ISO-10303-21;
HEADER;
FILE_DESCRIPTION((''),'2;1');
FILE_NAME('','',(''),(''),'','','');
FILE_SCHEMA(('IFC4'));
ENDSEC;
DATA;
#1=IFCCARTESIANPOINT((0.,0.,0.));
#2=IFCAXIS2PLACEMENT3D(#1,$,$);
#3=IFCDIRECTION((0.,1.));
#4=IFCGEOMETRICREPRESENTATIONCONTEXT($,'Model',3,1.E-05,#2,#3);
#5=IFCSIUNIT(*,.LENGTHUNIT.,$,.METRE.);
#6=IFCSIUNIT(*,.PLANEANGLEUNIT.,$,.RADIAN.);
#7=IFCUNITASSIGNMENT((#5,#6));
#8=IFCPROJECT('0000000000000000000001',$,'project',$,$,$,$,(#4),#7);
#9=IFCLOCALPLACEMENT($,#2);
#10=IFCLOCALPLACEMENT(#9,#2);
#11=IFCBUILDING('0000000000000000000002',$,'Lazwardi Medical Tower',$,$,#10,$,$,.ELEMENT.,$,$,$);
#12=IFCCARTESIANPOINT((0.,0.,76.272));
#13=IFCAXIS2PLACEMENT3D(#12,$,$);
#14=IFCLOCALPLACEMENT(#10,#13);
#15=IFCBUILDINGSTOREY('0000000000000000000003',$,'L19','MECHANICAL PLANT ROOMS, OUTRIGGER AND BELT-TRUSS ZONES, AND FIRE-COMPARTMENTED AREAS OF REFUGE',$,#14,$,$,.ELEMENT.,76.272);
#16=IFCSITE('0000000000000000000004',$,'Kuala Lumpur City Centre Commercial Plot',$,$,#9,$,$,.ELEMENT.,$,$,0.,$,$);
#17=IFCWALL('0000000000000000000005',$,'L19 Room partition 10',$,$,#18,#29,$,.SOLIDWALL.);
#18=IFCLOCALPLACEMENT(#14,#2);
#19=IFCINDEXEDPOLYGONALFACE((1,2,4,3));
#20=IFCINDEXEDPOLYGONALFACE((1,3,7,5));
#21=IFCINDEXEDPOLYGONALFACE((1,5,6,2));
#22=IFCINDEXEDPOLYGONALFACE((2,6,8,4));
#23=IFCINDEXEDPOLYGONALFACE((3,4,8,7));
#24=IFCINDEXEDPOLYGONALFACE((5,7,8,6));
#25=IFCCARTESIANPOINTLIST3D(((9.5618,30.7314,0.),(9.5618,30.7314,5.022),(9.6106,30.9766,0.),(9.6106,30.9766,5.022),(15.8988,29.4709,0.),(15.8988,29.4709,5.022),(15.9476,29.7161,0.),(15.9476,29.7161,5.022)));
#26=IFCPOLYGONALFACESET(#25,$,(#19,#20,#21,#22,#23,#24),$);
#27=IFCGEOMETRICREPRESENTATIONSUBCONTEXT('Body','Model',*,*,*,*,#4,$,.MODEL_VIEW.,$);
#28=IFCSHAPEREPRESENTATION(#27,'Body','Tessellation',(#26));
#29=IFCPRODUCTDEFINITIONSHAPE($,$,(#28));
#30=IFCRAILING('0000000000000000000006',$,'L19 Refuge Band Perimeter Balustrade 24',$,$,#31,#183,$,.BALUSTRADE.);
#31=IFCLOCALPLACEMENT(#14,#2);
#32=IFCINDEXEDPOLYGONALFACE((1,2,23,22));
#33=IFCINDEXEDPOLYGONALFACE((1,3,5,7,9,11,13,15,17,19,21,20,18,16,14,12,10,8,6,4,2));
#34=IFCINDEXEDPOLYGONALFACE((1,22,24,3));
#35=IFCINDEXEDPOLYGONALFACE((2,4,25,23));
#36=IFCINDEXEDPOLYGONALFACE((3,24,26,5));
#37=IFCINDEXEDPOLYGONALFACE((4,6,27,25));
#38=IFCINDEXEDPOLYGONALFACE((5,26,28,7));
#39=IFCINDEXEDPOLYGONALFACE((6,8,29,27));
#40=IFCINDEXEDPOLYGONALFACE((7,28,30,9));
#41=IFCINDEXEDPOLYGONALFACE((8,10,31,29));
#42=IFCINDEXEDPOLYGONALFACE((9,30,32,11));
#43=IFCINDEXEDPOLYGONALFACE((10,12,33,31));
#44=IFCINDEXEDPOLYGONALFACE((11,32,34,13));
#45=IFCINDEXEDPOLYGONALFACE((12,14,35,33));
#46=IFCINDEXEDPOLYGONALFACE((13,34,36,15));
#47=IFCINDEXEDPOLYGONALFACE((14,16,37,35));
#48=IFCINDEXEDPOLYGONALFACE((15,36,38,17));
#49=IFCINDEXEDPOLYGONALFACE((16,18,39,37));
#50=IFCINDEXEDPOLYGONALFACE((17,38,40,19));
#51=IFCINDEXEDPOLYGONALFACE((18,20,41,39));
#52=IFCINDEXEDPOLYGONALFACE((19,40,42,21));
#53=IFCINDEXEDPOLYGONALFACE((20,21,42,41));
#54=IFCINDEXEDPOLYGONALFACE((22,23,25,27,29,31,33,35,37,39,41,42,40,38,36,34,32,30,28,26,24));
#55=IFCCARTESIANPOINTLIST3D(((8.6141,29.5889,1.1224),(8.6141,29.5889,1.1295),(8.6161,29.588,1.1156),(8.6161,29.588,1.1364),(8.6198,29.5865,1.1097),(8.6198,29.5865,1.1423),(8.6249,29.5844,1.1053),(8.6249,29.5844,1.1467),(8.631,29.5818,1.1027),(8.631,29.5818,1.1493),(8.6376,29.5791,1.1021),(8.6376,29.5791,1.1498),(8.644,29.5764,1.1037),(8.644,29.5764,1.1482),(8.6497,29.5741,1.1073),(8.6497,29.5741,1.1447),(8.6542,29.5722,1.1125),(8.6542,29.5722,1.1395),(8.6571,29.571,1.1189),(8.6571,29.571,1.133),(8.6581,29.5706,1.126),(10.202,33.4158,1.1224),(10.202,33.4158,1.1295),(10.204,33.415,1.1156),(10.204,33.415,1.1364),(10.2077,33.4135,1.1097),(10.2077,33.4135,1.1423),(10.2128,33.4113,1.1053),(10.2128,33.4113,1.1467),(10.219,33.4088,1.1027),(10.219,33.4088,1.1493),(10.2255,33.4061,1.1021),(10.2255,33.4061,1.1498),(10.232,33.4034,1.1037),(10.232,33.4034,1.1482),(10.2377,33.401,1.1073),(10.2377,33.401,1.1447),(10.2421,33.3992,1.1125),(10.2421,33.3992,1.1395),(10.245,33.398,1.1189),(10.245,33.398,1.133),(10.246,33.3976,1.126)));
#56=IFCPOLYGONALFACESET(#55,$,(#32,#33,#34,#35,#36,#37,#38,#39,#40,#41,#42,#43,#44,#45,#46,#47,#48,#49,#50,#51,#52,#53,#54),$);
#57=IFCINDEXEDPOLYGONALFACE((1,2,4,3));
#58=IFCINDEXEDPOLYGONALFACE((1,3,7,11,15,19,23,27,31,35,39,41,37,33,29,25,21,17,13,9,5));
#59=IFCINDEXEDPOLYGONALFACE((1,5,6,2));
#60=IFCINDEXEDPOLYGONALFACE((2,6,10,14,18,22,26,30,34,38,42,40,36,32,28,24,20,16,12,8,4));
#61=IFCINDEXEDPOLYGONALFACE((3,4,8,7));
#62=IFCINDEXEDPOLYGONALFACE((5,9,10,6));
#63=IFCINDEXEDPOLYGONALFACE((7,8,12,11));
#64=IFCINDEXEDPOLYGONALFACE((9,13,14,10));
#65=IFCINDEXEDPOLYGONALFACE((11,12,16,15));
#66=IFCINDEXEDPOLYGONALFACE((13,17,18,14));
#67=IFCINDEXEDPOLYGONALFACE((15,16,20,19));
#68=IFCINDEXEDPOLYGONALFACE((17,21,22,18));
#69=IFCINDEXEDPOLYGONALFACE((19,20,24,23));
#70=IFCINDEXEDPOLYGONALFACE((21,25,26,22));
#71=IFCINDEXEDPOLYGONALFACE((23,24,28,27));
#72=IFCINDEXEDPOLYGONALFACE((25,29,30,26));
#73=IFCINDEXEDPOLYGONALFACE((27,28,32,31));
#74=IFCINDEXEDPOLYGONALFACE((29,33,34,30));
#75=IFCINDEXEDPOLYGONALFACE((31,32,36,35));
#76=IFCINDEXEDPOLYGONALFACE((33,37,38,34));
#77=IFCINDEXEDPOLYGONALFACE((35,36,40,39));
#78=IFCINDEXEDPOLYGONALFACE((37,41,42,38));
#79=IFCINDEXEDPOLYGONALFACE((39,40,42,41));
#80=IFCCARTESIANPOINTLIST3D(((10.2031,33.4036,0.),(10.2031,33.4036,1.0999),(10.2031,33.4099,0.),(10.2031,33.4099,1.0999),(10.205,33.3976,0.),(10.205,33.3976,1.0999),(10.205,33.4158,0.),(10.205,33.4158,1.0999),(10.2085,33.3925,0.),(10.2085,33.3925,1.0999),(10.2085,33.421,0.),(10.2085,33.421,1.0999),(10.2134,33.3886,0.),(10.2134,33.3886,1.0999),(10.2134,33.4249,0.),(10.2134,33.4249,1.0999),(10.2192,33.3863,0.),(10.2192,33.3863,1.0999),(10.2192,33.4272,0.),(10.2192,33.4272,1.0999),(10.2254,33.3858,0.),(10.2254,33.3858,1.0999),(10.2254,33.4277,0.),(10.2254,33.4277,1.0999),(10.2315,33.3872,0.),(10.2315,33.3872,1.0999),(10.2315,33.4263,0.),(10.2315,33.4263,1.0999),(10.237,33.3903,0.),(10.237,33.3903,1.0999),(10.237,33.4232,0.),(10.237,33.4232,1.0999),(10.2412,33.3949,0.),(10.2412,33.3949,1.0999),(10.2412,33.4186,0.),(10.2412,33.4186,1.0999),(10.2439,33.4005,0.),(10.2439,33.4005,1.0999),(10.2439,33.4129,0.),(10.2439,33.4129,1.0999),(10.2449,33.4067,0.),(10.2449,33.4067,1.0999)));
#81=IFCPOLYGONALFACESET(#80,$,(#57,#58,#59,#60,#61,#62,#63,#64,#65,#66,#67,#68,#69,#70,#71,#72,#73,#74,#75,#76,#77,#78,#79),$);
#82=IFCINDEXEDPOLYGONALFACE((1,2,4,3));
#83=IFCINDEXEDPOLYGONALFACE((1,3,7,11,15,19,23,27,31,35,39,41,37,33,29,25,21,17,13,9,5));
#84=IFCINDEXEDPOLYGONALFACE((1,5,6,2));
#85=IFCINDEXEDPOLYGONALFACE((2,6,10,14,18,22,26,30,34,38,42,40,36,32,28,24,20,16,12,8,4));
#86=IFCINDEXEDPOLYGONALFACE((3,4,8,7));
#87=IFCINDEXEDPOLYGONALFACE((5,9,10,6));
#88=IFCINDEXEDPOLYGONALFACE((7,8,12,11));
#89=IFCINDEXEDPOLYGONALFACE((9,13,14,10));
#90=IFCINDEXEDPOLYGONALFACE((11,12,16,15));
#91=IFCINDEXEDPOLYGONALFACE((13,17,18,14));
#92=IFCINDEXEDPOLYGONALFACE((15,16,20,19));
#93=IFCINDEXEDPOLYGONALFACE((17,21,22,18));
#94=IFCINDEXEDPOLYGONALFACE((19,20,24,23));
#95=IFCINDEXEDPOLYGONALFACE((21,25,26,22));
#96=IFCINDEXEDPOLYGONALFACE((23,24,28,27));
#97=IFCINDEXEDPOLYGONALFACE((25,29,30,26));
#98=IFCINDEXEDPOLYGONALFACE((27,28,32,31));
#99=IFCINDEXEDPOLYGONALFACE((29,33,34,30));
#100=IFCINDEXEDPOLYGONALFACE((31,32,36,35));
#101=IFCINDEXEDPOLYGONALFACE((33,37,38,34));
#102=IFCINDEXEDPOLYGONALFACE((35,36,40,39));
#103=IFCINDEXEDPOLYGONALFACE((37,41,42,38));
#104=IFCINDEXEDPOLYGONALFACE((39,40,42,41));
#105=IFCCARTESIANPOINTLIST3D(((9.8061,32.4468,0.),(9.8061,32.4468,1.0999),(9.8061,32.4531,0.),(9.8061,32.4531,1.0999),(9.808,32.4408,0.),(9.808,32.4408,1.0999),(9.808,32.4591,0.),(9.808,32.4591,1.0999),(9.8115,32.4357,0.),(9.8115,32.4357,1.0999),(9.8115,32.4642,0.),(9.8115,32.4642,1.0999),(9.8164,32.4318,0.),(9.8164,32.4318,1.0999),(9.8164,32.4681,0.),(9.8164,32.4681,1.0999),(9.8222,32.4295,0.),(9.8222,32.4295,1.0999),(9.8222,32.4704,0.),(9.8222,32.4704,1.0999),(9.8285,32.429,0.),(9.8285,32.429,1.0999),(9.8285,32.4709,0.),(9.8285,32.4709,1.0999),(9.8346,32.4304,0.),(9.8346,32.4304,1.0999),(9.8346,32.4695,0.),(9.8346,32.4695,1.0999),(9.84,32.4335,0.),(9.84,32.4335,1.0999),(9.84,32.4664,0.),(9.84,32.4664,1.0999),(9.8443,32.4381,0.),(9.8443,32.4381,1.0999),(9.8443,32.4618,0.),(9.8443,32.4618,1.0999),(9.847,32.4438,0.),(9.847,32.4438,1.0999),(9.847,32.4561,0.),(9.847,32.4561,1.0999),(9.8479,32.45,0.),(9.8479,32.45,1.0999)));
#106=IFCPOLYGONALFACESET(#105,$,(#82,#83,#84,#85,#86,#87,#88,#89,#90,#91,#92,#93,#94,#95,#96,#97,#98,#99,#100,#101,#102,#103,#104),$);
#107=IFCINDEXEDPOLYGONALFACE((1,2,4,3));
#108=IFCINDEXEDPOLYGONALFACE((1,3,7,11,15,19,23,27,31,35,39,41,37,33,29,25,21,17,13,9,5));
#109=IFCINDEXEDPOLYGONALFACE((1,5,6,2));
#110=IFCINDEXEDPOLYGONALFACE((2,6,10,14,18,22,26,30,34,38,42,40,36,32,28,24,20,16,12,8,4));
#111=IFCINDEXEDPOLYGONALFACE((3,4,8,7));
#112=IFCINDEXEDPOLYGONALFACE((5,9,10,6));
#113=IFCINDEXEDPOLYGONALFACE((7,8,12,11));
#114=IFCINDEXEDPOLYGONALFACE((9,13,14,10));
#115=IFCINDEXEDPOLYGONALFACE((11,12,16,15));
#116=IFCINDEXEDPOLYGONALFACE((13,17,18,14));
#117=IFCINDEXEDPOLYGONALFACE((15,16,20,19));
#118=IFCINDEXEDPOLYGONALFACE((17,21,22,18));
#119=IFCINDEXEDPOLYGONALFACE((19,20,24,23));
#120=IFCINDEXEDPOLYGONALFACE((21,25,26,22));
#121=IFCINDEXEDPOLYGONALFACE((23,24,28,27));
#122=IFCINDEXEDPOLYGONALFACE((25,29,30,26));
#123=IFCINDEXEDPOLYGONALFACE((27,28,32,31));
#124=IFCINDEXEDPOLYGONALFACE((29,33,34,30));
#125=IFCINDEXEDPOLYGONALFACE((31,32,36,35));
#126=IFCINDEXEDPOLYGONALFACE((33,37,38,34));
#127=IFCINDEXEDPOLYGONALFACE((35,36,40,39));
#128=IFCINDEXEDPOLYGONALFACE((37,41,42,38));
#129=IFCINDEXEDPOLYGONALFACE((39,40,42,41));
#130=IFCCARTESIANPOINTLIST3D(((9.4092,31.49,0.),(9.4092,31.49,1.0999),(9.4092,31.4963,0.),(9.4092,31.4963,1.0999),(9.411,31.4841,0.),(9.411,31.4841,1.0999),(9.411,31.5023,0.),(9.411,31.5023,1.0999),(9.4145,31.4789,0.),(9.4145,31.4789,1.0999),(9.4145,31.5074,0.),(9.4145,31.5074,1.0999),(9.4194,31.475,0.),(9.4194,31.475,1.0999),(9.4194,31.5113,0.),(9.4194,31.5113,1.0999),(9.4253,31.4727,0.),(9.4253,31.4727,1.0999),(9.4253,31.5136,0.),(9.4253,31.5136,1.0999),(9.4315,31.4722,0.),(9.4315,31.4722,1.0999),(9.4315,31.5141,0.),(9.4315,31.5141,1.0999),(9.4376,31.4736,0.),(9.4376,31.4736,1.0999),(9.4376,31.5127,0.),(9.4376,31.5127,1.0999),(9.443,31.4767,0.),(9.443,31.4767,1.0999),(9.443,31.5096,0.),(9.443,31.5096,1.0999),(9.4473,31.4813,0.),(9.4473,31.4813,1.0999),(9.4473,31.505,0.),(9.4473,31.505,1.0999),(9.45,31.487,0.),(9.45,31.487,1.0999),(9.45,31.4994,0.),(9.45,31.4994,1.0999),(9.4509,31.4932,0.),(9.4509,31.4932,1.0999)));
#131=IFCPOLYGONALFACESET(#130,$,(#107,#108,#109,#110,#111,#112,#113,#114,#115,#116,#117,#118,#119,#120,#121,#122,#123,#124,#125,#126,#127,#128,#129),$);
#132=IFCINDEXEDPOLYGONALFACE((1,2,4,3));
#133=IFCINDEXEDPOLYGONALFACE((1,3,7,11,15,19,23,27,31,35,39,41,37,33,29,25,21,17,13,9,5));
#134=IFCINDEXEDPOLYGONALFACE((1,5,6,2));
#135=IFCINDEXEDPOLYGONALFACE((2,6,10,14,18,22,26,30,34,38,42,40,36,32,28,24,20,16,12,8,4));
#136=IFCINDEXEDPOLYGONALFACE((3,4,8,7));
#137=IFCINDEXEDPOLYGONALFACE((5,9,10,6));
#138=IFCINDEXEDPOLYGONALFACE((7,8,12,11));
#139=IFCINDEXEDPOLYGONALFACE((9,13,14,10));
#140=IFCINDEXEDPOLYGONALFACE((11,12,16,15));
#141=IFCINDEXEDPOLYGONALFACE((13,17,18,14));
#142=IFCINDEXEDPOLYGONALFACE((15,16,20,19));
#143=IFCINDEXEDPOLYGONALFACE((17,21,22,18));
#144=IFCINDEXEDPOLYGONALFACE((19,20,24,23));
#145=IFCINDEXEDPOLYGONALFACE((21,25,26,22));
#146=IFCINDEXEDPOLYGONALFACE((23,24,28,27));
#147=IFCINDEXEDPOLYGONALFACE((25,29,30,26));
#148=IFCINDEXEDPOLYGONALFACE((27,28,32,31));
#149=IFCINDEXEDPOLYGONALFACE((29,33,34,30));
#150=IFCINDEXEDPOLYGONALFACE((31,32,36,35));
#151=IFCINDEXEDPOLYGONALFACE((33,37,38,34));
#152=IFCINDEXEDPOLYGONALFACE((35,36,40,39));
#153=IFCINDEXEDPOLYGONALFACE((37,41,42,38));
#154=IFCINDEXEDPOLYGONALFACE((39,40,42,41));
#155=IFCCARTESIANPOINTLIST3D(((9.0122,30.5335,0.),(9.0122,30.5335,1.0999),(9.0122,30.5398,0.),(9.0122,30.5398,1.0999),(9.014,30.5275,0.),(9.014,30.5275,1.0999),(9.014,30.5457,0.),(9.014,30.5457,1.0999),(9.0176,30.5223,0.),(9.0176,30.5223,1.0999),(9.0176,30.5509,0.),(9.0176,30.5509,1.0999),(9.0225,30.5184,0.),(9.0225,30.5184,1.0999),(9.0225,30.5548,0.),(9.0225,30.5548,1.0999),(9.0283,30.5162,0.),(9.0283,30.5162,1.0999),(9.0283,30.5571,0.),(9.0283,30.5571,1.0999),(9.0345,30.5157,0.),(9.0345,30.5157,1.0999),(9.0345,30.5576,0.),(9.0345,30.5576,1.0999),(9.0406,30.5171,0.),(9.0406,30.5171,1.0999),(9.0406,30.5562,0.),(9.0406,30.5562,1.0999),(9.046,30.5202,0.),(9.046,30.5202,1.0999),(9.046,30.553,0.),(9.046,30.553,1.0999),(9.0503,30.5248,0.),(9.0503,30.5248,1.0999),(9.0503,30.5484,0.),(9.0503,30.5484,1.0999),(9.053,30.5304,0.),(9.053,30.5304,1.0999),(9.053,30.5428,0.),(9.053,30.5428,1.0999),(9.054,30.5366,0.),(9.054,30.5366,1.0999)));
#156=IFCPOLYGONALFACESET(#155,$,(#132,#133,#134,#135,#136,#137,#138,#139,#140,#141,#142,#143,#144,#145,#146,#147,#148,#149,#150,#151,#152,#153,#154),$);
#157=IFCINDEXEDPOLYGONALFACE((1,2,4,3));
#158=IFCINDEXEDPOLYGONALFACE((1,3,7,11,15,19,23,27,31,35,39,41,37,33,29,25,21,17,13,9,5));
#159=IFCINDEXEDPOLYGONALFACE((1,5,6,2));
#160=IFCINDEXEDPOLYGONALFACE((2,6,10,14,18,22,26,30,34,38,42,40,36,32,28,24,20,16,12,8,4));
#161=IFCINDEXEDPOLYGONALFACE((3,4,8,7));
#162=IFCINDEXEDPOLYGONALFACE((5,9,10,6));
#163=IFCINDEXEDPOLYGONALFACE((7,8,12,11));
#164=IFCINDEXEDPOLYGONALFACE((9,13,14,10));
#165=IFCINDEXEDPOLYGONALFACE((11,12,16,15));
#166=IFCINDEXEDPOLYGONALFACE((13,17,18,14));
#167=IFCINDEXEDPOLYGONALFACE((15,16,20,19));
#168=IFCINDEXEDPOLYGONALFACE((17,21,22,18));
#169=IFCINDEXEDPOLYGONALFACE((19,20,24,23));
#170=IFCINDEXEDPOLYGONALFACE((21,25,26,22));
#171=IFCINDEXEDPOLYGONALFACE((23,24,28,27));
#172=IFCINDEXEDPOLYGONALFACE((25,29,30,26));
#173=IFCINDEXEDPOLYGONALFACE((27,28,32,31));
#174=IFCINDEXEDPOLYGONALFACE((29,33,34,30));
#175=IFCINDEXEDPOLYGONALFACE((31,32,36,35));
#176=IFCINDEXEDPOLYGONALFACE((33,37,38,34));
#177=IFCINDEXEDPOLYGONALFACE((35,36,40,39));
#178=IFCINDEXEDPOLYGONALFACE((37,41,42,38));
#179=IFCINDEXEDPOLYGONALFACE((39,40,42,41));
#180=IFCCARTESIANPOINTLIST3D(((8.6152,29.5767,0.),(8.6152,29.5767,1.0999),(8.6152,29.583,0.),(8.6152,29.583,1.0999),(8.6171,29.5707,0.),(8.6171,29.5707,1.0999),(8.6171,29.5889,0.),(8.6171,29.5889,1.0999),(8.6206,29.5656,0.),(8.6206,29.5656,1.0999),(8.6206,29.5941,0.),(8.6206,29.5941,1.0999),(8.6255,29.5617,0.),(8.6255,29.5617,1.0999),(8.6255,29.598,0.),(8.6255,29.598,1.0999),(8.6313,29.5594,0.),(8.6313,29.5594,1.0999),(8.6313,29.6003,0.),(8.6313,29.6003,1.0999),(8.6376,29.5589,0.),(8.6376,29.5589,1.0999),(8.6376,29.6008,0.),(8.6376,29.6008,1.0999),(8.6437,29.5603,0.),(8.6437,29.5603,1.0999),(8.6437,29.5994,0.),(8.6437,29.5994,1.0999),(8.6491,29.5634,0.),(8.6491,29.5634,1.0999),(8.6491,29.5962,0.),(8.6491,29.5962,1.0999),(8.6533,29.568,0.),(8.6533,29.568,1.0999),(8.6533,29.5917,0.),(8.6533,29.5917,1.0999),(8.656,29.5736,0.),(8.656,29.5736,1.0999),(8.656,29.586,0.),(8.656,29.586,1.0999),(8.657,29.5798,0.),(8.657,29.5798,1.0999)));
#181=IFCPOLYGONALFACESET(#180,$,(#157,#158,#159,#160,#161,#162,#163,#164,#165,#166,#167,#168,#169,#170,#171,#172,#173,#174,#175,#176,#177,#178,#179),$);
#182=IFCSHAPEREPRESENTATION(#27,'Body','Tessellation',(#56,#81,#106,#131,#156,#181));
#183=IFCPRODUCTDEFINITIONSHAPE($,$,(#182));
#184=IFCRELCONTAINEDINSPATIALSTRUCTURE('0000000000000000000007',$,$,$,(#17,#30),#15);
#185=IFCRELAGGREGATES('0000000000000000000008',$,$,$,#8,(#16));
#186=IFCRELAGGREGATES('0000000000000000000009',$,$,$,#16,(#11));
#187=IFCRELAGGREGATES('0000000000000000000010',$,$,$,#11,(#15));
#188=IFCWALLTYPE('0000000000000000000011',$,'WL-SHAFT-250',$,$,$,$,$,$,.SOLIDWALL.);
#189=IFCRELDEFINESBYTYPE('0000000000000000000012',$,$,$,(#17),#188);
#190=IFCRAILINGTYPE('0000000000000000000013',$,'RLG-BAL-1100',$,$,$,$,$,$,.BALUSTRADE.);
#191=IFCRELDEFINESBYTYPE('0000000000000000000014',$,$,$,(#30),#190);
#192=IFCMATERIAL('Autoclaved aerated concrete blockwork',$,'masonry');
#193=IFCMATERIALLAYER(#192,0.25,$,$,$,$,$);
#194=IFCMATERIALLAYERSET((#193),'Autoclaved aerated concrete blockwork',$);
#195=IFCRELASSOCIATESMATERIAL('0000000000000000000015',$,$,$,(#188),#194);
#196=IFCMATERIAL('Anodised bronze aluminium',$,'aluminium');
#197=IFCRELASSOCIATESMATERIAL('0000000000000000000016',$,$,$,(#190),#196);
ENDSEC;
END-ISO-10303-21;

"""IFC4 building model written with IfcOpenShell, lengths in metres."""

from ifc_helpers import new_model, si_unit, direction, frame, frame_2d, origin, origin_2d, place, context, subcontext, project, spatial, rectangle, circle, extrude, material, layer, layer_set, type_object, element, save


model = new_model("IFC4")

# Units and contexts
model_context = context("Model", 3, precision=1e-05, world=origin(), true_north=direction((0.0, 1.0)))
body_context = subcontext(model_context, "Body", "Model", "MODEL_VIEW")
ifc_project = project(units=[si_unit("LENGTHUNIT", "METRE"), si_unit("PLANEANGLEUNIT", "RADIAN")], contexts=[model_context])

# Site, building, storey
site_placement = place(None, origin())
site = spatial("IfcSite", under=ifc_project, at=site_placement, Name="Kuala Lumpur City Centre Commercial Plot", CompositionType="ELEMENT", RefElevation=0.0)
building_placement = place(site_placement, origin())
building = spatial("IfcBuilding", under=site, at=building_placement, Name="Lazwardi Medical Tower", CompositionType="ELEMENT")
storey_placement = place(building_placement, frame((0.0, 0.0, 76.272)))
storey = spatial("IfcBuildingStorey", under=building, at=storey_placement, Name="L19", Description="MECHANICAL PLANT ROOMS, OUTRIGGER AND BELT-TRUSS ZONES, AND FIRE-COMPARTMENTED AREAS OF REFUGE", CompositionType="ELEMENT", Elevation=76.272)

# Wall
ifc_material_1 = material(Name="Autoclaved aerated concrete blockwork", Category="masonry")
ifc_layer_1 = layer(ifc_material_1, 0.25)
ifc_layer_set_1 = layer_set([ifc_layer_1], Name="Autoclaved aerated concrete blockwork")
wall_type_1 = type_object("IfcWallType", Name="WL-SHAFT-250", PredefinedType="SOLIDWALL", material=ifc_layer_set_1)
wall_1_placement = place(storey_placement, frame((15.9231, 29.5935, 0.0), z_axis=(0.0, 0.0, 1.0), x_axis=(-0.980786, 0.195084, 0.0)))
element("IfcWall", 1, at=wall_1_placement, inside=storey, type_object=wall_type_1, Name="L19 Room partition 10", PredefinedType="SOLIDWALL", context=body_context, shape_type="SweptSolid", body=[
    extrude(rectangle(XDim=6.4612, YDim=0.25, at=frame_2d((3.2305, 0.0))), origin(), (0.0, 0.0, 1.0), 5.022),
])

# Railing
ifc_material_2 = material(Name="Anodised bronze aluminium", Category="aluminium")
railing_type = type_object("IfcRailingType", Name="RLG-BAL-1100", PredefinedType="BALUSTRADE", material=ifc_material_2)
railing_1_placement = place(storey_placement, frame((10.2239, 33.4067, 0.0)))
element("IfcRailing", 2, at=railing_1_placement, inside=storey, type_object=railing_type, Name="L19 Refuge Band Perimeter Balustrade 24", PredefinedType="BALUSTRADE", context=body_context, shape_type="SweptSolid", body=[
    extrude(circle(Radius=0.0239, at=origin_2d()), frame((0.0, 0.0, 1.126), z_axis=(-0.383247, -0.923646, 0.0), x_axis=(0.923646, -0.383247, 0.0)), (0.0, 0.0, 1.0), 4.1433),
    extrude(circle(Radius=0.021, at=origin_2d()), origin(), (0.0, 0.0, 1.0), 1.0999),
    extrude(circle(Radius=0.021, at=origin_2d()), frame((-0.397, -0.9568, 0.0)), (0.0, 0.0, 1.0), 1.0999),
    extrude(circle(Radius=0.021, at=origin_2d()), frame((-0.7939, -1.9136, 0.0)), (0.0, 0.0, 1.0), 1.0999),
    extrude(circle(Radius=0.021, at=origin_2d()), frame((-1.1909, -2.8701, 0.0)), (0.0, 0.0, 1.0), 1.0999),
    extrude(circle(Radius=0.021, at=origin_2d()), frame((-1.5879, -3.8269, 0.0)), (0.0, 0.0, 1.0), 1.0999),
])

save(model, "model.ifc")
